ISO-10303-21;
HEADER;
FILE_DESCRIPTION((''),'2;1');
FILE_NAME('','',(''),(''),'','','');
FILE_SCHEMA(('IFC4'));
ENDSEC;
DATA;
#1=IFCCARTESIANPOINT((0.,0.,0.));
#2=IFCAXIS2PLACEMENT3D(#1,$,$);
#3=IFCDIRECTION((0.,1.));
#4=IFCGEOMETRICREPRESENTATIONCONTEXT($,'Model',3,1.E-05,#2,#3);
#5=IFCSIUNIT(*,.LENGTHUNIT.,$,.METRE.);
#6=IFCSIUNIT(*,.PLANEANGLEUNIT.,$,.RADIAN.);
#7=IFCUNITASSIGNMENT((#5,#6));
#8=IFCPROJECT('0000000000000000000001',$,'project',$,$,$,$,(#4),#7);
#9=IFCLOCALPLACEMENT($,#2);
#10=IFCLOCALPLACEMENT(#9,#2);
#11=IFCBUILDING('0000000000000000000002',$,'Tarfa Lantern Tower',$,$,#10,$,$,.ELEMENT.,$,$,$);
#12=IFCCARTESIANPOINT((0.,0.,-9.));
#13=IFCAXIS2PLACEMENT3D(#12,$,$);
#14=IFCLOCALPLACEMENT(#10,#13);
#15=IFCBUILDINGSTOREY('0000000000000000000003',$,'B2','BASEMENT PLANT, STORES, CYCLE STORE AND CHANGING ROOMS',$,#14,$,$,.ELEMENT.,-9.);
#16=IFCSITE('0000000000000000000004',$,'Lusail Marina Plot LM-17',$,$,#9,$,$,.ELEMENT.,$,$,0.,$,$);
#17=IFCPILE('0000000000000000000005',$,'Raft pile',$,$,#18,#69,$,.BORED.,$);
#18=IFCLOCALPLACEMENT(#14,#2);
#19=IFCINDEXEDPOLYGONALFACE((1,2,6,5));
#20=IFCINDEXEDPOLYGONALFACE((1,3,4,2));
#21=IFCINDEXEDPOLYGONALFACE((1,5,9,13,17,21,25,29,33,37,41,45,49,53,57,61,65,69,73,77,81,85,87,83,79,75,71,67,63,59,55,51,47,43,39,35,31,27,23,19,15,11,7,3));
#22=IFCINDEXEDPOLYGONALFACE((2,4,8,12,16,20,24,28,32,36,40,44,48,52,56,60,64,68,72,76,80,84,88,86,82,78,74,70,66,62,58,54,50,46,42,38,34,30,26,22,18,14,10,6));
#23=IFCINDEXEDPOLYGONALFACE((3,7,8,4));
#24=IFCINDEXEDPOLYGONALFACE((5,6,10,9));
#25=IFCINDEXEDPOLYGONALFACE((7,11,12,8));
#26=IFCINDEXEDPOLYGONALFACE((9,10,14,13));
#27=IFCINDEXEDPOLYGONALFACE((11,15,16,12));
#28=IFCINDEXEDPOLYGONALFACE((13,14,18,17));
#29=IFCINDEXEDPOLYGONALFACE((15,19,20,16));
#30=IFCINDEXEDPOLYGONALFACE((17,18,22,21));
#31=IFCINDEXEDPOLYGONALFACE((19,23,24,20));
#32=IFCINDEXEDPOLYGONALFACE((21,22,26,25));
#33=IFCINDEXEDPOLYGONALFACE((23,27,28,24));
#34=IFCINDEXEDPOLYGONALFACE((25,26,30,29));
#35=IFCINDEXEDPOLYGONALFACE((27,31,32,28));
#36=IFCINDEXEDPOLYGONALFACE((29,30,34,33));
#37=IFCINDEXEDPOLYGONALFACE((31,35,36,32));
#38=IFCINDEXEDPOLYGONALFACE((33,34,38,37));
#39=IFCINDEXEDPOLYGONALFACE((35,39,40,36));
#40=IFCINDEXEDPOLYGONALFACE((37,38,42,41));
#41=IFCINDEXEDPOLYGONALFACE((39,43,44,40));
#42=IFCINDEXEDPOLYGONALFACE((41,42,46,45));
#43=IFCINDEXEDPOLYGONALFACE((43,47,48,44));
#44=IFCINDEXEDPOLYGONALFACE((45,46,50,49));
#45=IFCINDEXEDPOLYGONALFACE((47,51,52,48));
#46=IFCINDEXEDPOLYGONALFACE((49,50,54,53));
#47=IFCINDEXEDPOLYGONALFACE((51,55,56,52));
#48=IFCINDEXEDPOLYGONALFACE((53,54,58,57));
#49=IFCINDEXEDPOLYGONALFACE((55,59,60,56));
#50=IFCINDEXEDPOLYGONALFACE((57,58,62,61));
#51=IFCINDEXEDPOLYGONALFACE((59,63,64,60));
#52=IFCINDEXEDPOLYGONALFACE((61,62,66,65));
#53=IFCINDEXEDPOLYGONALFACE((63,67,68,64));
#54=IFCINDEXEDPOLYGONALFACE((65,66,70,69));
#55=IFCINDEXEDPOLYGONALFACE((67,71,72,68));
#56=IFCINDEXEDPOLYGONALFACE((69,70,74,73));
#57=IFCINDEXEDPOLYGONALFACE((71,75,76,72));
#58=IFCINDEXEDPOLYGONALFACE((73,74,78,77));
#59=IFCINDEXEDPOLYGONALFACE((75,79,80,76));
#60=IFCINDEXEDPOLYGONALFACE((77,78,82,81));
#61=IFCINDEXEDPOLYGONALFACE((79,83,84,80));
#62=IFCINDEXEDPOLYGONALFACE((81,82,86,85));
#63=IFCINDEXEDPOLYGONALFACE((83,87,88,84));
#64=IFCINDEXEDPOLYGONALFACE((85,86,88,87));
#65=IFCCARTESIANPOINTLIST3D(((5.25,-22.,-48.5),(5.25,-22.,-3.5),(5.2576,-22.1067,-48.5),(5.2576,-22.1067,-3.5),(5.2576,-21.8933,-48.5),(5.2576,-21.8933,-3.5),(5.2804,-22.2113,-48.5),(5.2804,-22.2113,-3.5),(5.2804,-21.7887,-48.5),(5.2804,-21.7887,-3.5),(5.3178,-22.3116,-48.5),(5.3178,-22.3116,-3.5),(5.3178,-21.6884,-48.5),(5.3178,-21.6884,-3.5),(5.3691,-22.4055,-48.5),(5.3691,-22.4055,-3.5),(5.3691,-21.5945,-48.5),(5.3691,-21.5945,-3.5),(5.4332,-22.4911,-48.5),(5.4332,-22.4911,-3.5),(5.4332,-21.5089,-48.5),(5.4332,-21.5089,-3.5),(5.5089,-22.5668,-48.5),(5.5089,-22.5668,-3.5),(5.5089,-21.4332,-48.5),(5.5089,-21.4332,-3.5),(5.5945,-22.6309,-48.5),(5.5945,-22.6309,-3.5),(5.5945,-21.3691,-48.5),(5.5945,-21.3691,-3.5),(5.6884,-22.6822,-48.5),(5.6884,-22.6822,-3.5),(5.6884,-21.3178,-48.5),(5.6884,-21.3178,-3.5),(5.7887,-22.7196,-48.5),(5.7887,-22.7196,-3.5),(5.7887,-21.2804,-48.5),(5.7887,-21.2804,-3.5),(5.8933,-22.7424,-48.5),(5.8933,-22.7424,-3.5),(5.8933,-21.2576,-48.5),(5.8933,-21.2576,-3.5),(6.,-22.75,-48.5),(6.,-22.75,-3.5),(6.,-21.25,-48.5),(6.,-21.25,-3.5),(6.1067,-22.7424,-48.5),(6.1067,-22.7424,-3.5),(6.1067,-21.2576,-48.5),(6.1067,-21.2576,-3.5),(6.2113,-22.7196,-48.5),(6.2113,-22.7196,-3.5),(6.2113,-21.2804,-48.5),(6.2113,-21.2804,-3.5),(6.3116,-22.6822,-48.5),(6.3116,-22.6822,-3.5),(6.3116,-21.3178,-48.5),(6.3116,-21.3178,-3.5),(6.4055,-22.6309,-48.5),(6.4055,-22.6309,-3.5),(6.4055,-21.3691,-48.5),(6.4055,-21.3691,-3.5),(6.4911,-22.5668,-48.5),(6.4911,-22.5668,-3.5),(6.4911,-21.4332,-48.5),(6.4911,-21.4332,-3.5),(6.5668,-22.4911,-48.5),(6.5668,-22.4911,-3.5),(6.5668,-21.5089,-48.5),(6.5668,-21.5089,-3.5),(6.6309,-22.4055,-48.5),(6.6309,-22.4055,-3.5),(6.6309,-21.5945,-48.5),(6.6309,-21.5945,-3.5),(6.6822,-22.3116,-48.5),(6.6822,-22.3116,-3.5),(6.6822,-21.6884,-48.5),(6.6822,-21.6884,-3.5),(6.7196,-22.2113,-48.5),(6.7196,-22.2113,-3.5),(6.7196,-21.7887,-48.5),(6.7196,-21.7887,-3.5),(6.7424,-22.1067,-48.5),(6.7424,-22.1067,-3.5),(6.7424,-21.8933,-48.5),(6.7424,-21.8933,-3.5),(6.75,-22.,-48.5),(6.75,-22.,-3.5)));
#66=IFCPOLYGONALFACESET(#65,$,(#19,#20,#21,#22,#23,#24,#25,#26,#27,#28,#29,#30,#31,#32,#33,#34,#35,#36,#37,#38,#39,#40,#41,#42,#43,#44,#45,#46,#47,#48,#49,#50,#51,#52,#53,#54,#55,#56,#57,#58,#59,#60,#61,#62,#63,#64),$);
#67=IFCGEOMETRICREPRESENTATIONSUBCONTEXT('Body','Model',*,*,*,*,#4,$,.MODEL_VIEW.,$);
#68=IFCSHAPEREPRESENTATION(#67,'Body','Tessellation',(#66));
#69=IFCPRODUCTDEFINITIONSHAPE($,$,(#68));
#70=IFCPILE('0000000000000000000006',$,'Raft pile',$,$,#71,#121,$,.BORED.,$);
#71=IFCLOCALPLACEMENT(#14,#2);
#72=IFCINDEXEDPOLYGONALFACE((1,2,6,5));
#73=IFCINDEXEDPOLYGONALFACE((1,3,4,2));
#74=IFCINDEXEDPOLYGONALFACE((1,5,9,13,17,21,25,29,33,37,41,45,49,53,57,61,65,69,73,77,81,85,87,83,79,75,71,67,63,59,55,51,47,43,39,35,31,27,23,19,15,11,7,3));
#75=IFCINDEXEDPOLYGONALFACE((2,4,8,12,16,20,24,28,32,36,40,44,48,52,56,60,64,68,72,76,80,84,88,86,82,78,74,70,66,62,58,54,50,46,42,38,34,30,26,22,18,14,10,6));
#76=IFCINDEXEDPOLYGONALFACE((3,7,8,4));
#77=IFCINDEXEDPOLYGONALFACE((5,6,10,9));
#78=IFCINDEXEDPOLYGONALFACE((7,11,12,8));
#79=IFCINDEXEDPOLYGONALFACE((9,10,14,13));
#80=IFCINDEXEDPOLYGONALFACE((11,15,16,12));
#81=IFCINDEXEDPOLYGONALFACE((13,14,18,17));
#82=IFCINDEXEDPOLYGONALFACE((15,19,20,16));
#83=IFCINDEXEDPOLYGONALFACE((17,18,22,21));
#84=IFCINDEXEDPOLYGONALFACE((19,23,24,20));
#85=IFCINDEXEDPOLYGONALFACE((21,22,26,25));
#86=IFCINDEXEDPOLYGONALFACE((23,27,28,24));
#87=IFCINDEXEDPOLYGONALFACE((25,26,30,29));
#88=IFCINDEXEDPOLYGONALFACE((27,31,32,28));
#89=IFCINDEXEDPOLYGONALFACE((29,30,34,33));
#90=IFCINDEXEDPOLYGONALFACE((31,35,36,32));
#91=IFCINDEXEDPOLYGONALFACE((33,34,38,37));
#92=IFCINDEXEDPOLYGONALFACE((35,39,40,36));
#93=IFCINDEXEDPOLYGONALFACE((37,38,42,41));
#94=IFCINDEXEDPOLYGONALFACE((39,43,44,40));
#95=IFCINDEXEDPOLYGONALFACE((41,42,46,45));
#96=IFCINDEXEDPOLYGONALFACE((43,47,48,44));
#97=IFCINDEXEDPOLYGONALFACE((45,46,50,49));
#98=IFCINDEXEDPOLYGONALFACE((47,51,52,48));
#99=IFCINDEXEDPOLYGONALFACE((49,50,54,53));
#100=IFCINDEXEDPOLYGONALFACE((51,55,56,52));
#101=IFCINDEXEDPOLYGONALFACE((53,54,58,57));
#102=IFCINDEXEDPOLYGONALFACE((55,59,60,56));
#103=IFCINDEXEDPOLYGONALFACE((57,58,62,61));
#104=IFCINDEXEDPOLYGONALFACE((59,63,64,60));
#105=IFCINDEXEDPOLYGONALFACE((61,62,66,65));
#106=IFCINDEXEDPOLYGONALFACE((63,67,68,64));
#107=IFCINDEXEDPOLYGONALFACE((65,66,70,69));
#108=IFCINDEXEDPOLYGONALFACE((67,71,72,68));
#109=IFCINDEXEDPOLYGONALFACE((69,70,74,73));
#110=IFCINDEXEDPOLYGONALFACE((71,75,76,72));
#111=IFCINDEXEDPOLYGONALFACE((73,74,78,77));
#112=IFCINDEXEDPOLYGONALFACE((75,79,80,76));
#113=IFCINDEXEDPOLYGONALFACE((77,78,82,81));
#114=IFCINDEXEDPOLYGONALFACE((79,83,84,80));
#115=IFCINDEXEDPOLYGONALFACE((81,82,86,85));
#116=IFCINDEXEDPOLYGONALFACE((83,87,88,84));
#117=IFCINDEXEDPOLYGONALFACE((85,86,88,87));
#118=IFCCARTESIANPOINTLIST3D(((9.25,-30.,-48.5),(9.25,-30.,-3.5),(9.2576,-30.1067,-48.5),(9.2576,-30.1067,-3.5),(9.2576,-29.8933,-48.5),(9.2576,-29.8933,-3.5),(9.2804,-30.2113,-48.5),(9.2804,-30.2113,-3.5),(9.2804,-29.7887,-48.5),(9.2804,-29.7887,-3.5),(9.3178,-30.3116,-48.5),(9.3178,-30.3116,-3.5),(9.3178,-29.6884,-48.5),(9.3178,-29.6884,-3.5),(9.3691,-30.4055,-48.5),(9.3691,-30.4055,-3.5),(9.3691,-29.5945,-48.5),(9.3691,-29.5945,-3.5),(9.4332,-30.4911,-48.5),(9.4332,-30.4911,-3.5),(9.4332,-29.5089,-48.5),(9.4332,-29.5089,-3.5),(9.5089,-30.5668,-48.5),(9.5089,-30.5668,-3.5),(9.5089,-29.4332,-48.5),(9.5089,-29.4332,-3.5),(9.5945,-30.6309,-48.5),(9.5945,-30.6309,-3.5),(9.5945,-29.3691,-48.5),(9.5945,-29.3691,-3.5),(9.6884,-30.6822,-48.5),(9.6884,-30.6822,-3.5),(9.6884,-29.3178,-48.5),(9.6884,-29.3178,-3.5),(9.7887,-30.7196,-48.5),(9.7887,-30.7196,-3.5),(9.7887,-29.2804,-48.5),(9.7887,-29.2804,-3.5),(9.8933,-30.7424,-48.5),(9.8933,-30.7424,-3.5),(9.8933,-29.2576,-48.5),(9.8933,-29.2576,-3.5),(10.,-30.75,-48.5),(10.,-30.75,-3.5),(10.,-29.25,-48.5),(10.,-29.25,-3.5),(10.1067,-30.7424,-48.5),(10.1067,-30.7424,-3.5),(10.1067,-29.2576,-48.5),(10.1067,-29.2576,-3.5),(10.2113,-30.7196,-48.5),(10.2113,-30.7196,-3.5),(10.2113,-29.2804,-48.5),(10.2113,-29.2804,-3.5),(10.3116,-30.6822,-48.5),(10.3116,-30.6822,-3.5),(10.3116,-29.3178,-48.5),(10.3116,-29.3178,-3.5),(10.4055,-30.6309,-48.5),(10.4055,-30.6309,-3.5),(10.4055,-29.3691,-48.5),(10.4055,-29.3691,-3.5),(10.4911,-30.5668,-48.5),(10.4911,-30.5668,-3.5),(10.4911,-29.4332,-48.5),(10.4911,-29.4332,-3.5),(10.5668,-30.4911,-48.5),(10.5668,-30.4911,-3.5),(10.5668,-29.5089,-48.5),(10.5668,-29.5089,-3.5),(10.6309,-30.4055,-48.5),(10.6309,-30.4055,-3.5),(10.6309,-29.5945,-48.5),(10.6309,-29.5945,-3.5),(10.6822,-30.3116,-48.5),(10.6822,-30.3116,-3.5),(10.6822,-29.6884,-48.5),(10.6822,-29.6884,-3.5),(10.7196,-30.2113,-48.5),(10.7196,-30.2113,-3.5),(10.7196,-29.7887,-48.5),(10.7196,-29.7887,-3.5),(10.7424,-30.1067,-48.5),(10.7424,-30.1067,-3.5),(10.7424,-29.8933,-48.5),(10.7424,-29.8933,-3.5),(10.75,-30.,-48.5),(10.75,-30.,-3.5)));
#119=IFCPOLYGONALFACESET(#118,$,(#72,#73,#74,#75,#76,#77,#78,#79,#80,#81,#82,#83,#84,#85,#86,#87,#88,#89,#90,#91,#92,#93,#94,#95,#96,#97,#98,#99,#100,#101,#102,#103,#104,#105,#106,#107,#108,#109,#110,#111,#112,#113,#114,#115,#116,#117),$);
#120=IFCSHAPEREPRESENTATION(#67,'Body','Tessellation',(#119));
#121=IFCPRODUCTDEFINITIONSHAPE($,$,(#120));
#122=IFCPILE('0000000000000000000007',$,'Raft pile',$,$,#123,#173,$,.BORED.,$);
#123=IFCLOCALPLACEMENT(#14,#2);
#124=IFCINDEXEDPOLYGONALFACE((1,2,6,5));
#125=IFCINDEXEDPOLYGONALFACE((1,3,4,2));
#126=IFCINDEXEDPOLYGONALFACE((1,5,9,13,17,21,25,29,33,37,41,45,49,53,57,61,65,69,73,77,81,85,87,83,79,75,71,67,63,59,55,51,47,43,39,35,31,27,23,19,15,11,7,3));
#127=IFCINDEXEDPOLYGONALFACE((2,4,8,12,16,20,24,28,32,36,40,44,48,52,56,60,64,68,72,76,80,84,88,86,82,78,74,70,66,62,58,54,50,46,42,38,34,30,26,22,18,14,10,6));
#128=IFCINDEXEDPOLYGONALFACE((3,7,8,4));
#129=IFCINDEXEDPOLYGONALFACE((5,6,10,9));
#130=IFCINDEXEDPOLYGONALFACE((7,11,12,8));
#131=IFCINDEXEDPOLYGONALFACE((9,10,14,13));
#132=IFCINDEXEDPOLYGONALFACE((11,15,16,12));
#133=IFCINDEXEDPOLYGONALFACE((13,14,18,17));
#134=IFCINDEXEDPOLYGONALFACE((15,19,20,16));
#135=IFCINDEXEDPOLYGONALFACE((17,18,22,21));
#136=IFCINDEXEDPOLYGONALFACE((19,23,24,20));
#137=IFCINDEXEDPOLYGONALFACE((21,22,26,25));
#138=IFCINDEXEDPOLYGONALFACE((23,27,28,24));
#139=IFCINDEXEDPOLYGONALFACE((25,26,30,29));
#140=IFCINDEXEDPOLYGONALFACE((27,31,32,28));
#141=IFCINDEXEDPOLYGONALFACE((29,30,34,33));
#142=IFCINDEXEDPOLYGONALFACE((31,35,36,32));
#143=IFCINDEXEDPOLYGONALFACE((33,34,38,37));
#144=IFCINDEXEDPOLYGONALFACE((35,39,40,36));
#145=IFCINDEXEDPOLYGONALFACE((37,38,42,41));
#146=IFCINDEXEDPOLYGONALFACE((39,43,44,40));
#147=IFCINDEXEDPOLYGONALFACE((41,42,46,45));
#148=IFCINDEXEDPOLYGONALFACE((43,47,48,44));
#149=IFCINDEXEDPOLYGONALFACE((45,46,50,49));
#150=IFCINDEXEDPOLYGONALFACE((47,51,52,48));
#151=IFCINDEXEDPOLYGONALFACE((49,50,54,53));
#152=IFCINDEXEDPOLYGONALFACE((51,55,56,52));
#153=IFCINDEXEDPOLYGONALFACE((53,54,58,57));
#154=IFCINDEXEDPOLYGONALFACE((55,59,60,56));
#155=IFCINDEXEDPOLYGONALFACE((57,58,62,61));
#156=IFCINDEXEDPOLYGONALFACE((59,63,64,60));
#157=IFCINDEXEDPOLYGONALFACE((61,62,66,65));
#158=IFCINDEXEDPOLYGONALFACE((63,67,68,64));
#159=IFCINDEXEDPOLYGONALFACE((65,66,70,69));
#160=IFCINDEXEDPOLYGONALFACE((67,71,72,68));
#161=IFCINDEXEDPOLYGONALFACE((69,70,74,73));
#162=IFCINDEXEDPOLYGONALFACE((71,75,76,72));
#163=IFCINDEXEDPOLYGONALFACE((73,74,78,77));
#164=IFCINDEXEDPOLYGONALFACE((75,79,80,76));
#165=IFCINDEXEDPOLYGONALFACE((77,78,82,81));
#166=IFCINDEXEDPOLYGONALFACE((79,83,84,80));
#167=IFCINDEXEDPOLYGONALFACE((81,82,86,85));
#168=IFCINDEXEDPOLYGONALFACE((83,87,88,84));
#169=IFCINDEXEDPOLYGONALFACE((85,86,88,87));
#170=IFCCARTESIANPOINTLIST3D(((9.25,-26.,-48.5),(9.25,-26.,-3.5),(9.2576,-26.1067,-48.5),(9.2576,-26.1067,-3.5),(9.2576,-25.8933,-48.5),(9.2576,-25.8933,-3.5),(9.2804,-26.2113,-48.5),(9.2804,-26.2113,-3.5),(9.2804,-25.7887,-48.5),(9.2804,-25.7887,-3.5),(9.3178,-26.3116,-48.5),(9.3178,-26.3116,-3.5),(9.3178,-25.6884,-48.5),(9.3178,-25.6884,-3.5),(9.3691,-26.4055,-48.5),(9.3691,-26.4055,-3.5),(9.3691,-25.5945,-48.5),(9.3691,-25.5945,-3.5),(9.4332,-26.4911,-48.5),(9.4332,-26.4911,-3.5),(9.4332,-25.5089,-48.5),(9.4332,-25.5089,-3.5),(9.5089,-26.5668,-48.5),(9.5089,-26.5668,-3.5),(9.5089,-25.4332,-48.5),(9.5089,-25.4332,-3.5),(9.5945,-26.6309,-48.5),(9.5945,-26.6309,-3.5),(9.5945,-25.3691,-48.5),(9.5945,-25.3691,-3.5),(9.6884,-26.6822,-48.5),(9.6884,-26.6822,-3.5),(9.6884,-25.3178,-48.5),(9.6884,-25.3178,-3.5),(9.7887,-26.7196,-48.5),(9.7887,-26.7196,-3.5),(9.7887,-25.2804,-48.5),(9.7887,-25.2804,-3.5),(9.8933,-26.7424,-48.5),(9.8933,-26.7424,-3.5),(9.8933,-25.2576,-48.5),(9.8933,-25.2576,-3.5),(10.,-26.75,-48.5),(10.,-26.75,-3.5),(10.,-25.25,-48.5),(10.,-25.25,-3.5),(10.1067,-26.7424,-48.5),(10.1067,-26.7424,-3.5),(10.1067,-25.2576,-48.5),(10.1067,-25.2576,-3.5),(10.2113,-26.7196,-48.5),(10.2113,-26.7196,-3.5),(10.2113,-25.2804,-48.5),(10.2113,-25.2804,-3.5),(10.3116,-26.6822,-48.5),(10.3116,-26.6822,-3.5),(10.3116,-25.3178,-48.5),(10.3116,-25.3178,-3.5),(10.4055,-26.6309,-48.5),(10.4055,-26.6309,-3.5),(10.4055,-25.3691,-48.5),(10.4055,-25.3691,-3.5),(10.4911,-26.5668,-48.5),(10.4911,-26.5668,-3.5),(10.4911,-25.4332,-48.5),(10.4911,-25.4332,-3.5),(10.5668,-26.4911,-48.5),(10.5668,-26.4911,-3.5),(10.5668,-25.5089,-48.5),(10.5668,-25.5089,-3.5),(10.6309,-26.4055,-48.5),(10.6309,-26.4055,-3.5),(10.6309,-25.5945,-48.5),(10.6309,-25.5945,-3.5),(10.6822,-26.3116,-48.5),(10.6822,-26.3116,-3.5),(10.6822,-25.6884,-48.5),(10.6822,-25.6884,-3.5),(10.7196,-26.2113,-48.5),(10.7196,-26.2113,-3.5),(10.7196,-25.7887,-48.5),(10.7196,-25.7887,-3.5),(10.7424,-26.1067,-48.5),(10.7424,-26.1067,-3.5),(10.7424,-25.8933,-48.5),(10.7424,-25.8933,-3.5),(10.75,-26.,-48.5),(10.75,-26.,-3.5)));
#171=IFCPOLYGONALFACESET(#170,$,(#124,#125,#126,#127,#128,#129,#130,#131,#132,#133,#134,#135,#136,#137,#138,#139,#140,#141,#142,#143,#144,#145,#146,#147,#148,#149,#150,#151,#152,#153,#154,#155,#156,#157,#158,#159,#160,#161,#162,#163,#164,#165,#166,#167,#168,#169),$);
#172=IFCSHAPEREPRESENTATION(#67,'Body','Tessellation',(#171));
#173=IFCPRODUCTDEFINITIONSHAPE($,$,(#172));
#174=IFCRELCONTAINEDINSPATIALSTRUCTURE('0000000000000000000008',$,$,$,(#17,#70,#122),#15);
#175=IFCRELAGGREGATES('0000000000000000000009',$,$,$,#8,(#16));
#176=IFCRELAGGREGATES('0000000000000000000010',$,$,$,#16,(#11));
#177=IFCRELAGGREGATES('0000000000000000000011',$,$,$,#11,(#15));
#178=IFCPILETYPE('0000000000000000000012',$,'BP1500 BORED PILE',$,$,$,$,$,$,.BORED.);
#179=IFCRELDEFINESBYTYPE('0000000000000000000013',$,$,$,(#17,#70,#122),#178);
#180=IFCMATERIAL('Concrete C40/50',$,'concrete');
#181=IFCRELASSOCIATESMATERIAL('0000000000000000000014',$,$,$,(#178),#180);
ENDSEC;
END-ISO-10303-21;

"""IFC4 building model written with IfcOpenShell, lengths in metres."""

from ifc_helpers import new_model, si_unit, direction, frame, origin, origin_2d, place, context, subcontext, project, spatial, circle, extrude, material, material_profile, profile_set, type_object, element, save


model = new_model("IFC4")

# Units and contexts
model_context = context("Model", 3, precision=1e-05, world=origin(), true_north=direction((0.0, 1.0)))
body_context = subcontext(model_context, "Body", "Model", "MODEL_VIEW")
ifc_project = project(units=[si_unit("LENGTHUNIT", "METRE"), si_unit("PLANEANGLEUNIT", "RADIAN")], contexts=[model_context])

# Site, building, storey
site_placement = place(None, origin())
site = spatial("IfcSite", under=ifc_project, at=site_placement, Name="Lusail Marina Plot LM-17", CompositionType="ELEMENT", RefElevation=0.0)
building_placement = place(site_placement, origin())
building = spatial("IfcBuilding", under=site, at=building_placement, Name="Tarfa Lantern Tower", CompositionType="ELEMENT")
storey_placement = place(building_placement, frame((0.0, 0.0, -9.0)))
storey = spatial("IfcBuildingStorey", under=building, at=storey_placement, Name="B2", Description="BASEMENT PLANT, STORES, CYCLE STORE AND CHANGING ROOMS", CompositionType="ELEMENT", Elevation=-9.0)

# Piles
ifc_material_1 = material(Name="Concrete C40/50", Category="concrete")
ifc_material_profile_1 = material_profile(ifc_material_1, circle(Radius=0.75, at=origin_2d()), Name="BORED PILE D1500")
ifc_profile_set_1 = profile_set([ifc_material_profile_1], Name="Concrete C40/50")
pile_type = type_object("IfcPileType", Name="BP1500 BORED PILE", PredefinedType="BORED", material=ifc_profile_set_1)
for number, where, z_axis, x_axis, name in (
    (1, (6.0, -22.0, -3.5), (0.0, 0.0, -1.0), (1.0, 0.0, 0.0), "Raft pile"),
    (2, (10.0, -30.0, -3.5), (0.0, 0.0, -1.0), (1.0, 0.0, 0.0), "Raft pile"),
    (3, (10.0, -26.0, -3.5), (0.0, 0.0, -1.0), (1.0, 0.0, 0.0), "Raft pile"),
):
    element("IfcPile", number, at=place(storey_placement, frame(where, z_axis=z_axis, x_axis=x_axis)), inside=storey, type_object=pile_type, Name=name, PredefinedType="BORED", context=body_context, shape_type="SweptSolid", body=[
        extrude(circle(Radius=0.75, at=origin_2d()), origin(), (0.0, 0.0, 1.0), 45.0),
    ])

save(model, "model.ifc")
